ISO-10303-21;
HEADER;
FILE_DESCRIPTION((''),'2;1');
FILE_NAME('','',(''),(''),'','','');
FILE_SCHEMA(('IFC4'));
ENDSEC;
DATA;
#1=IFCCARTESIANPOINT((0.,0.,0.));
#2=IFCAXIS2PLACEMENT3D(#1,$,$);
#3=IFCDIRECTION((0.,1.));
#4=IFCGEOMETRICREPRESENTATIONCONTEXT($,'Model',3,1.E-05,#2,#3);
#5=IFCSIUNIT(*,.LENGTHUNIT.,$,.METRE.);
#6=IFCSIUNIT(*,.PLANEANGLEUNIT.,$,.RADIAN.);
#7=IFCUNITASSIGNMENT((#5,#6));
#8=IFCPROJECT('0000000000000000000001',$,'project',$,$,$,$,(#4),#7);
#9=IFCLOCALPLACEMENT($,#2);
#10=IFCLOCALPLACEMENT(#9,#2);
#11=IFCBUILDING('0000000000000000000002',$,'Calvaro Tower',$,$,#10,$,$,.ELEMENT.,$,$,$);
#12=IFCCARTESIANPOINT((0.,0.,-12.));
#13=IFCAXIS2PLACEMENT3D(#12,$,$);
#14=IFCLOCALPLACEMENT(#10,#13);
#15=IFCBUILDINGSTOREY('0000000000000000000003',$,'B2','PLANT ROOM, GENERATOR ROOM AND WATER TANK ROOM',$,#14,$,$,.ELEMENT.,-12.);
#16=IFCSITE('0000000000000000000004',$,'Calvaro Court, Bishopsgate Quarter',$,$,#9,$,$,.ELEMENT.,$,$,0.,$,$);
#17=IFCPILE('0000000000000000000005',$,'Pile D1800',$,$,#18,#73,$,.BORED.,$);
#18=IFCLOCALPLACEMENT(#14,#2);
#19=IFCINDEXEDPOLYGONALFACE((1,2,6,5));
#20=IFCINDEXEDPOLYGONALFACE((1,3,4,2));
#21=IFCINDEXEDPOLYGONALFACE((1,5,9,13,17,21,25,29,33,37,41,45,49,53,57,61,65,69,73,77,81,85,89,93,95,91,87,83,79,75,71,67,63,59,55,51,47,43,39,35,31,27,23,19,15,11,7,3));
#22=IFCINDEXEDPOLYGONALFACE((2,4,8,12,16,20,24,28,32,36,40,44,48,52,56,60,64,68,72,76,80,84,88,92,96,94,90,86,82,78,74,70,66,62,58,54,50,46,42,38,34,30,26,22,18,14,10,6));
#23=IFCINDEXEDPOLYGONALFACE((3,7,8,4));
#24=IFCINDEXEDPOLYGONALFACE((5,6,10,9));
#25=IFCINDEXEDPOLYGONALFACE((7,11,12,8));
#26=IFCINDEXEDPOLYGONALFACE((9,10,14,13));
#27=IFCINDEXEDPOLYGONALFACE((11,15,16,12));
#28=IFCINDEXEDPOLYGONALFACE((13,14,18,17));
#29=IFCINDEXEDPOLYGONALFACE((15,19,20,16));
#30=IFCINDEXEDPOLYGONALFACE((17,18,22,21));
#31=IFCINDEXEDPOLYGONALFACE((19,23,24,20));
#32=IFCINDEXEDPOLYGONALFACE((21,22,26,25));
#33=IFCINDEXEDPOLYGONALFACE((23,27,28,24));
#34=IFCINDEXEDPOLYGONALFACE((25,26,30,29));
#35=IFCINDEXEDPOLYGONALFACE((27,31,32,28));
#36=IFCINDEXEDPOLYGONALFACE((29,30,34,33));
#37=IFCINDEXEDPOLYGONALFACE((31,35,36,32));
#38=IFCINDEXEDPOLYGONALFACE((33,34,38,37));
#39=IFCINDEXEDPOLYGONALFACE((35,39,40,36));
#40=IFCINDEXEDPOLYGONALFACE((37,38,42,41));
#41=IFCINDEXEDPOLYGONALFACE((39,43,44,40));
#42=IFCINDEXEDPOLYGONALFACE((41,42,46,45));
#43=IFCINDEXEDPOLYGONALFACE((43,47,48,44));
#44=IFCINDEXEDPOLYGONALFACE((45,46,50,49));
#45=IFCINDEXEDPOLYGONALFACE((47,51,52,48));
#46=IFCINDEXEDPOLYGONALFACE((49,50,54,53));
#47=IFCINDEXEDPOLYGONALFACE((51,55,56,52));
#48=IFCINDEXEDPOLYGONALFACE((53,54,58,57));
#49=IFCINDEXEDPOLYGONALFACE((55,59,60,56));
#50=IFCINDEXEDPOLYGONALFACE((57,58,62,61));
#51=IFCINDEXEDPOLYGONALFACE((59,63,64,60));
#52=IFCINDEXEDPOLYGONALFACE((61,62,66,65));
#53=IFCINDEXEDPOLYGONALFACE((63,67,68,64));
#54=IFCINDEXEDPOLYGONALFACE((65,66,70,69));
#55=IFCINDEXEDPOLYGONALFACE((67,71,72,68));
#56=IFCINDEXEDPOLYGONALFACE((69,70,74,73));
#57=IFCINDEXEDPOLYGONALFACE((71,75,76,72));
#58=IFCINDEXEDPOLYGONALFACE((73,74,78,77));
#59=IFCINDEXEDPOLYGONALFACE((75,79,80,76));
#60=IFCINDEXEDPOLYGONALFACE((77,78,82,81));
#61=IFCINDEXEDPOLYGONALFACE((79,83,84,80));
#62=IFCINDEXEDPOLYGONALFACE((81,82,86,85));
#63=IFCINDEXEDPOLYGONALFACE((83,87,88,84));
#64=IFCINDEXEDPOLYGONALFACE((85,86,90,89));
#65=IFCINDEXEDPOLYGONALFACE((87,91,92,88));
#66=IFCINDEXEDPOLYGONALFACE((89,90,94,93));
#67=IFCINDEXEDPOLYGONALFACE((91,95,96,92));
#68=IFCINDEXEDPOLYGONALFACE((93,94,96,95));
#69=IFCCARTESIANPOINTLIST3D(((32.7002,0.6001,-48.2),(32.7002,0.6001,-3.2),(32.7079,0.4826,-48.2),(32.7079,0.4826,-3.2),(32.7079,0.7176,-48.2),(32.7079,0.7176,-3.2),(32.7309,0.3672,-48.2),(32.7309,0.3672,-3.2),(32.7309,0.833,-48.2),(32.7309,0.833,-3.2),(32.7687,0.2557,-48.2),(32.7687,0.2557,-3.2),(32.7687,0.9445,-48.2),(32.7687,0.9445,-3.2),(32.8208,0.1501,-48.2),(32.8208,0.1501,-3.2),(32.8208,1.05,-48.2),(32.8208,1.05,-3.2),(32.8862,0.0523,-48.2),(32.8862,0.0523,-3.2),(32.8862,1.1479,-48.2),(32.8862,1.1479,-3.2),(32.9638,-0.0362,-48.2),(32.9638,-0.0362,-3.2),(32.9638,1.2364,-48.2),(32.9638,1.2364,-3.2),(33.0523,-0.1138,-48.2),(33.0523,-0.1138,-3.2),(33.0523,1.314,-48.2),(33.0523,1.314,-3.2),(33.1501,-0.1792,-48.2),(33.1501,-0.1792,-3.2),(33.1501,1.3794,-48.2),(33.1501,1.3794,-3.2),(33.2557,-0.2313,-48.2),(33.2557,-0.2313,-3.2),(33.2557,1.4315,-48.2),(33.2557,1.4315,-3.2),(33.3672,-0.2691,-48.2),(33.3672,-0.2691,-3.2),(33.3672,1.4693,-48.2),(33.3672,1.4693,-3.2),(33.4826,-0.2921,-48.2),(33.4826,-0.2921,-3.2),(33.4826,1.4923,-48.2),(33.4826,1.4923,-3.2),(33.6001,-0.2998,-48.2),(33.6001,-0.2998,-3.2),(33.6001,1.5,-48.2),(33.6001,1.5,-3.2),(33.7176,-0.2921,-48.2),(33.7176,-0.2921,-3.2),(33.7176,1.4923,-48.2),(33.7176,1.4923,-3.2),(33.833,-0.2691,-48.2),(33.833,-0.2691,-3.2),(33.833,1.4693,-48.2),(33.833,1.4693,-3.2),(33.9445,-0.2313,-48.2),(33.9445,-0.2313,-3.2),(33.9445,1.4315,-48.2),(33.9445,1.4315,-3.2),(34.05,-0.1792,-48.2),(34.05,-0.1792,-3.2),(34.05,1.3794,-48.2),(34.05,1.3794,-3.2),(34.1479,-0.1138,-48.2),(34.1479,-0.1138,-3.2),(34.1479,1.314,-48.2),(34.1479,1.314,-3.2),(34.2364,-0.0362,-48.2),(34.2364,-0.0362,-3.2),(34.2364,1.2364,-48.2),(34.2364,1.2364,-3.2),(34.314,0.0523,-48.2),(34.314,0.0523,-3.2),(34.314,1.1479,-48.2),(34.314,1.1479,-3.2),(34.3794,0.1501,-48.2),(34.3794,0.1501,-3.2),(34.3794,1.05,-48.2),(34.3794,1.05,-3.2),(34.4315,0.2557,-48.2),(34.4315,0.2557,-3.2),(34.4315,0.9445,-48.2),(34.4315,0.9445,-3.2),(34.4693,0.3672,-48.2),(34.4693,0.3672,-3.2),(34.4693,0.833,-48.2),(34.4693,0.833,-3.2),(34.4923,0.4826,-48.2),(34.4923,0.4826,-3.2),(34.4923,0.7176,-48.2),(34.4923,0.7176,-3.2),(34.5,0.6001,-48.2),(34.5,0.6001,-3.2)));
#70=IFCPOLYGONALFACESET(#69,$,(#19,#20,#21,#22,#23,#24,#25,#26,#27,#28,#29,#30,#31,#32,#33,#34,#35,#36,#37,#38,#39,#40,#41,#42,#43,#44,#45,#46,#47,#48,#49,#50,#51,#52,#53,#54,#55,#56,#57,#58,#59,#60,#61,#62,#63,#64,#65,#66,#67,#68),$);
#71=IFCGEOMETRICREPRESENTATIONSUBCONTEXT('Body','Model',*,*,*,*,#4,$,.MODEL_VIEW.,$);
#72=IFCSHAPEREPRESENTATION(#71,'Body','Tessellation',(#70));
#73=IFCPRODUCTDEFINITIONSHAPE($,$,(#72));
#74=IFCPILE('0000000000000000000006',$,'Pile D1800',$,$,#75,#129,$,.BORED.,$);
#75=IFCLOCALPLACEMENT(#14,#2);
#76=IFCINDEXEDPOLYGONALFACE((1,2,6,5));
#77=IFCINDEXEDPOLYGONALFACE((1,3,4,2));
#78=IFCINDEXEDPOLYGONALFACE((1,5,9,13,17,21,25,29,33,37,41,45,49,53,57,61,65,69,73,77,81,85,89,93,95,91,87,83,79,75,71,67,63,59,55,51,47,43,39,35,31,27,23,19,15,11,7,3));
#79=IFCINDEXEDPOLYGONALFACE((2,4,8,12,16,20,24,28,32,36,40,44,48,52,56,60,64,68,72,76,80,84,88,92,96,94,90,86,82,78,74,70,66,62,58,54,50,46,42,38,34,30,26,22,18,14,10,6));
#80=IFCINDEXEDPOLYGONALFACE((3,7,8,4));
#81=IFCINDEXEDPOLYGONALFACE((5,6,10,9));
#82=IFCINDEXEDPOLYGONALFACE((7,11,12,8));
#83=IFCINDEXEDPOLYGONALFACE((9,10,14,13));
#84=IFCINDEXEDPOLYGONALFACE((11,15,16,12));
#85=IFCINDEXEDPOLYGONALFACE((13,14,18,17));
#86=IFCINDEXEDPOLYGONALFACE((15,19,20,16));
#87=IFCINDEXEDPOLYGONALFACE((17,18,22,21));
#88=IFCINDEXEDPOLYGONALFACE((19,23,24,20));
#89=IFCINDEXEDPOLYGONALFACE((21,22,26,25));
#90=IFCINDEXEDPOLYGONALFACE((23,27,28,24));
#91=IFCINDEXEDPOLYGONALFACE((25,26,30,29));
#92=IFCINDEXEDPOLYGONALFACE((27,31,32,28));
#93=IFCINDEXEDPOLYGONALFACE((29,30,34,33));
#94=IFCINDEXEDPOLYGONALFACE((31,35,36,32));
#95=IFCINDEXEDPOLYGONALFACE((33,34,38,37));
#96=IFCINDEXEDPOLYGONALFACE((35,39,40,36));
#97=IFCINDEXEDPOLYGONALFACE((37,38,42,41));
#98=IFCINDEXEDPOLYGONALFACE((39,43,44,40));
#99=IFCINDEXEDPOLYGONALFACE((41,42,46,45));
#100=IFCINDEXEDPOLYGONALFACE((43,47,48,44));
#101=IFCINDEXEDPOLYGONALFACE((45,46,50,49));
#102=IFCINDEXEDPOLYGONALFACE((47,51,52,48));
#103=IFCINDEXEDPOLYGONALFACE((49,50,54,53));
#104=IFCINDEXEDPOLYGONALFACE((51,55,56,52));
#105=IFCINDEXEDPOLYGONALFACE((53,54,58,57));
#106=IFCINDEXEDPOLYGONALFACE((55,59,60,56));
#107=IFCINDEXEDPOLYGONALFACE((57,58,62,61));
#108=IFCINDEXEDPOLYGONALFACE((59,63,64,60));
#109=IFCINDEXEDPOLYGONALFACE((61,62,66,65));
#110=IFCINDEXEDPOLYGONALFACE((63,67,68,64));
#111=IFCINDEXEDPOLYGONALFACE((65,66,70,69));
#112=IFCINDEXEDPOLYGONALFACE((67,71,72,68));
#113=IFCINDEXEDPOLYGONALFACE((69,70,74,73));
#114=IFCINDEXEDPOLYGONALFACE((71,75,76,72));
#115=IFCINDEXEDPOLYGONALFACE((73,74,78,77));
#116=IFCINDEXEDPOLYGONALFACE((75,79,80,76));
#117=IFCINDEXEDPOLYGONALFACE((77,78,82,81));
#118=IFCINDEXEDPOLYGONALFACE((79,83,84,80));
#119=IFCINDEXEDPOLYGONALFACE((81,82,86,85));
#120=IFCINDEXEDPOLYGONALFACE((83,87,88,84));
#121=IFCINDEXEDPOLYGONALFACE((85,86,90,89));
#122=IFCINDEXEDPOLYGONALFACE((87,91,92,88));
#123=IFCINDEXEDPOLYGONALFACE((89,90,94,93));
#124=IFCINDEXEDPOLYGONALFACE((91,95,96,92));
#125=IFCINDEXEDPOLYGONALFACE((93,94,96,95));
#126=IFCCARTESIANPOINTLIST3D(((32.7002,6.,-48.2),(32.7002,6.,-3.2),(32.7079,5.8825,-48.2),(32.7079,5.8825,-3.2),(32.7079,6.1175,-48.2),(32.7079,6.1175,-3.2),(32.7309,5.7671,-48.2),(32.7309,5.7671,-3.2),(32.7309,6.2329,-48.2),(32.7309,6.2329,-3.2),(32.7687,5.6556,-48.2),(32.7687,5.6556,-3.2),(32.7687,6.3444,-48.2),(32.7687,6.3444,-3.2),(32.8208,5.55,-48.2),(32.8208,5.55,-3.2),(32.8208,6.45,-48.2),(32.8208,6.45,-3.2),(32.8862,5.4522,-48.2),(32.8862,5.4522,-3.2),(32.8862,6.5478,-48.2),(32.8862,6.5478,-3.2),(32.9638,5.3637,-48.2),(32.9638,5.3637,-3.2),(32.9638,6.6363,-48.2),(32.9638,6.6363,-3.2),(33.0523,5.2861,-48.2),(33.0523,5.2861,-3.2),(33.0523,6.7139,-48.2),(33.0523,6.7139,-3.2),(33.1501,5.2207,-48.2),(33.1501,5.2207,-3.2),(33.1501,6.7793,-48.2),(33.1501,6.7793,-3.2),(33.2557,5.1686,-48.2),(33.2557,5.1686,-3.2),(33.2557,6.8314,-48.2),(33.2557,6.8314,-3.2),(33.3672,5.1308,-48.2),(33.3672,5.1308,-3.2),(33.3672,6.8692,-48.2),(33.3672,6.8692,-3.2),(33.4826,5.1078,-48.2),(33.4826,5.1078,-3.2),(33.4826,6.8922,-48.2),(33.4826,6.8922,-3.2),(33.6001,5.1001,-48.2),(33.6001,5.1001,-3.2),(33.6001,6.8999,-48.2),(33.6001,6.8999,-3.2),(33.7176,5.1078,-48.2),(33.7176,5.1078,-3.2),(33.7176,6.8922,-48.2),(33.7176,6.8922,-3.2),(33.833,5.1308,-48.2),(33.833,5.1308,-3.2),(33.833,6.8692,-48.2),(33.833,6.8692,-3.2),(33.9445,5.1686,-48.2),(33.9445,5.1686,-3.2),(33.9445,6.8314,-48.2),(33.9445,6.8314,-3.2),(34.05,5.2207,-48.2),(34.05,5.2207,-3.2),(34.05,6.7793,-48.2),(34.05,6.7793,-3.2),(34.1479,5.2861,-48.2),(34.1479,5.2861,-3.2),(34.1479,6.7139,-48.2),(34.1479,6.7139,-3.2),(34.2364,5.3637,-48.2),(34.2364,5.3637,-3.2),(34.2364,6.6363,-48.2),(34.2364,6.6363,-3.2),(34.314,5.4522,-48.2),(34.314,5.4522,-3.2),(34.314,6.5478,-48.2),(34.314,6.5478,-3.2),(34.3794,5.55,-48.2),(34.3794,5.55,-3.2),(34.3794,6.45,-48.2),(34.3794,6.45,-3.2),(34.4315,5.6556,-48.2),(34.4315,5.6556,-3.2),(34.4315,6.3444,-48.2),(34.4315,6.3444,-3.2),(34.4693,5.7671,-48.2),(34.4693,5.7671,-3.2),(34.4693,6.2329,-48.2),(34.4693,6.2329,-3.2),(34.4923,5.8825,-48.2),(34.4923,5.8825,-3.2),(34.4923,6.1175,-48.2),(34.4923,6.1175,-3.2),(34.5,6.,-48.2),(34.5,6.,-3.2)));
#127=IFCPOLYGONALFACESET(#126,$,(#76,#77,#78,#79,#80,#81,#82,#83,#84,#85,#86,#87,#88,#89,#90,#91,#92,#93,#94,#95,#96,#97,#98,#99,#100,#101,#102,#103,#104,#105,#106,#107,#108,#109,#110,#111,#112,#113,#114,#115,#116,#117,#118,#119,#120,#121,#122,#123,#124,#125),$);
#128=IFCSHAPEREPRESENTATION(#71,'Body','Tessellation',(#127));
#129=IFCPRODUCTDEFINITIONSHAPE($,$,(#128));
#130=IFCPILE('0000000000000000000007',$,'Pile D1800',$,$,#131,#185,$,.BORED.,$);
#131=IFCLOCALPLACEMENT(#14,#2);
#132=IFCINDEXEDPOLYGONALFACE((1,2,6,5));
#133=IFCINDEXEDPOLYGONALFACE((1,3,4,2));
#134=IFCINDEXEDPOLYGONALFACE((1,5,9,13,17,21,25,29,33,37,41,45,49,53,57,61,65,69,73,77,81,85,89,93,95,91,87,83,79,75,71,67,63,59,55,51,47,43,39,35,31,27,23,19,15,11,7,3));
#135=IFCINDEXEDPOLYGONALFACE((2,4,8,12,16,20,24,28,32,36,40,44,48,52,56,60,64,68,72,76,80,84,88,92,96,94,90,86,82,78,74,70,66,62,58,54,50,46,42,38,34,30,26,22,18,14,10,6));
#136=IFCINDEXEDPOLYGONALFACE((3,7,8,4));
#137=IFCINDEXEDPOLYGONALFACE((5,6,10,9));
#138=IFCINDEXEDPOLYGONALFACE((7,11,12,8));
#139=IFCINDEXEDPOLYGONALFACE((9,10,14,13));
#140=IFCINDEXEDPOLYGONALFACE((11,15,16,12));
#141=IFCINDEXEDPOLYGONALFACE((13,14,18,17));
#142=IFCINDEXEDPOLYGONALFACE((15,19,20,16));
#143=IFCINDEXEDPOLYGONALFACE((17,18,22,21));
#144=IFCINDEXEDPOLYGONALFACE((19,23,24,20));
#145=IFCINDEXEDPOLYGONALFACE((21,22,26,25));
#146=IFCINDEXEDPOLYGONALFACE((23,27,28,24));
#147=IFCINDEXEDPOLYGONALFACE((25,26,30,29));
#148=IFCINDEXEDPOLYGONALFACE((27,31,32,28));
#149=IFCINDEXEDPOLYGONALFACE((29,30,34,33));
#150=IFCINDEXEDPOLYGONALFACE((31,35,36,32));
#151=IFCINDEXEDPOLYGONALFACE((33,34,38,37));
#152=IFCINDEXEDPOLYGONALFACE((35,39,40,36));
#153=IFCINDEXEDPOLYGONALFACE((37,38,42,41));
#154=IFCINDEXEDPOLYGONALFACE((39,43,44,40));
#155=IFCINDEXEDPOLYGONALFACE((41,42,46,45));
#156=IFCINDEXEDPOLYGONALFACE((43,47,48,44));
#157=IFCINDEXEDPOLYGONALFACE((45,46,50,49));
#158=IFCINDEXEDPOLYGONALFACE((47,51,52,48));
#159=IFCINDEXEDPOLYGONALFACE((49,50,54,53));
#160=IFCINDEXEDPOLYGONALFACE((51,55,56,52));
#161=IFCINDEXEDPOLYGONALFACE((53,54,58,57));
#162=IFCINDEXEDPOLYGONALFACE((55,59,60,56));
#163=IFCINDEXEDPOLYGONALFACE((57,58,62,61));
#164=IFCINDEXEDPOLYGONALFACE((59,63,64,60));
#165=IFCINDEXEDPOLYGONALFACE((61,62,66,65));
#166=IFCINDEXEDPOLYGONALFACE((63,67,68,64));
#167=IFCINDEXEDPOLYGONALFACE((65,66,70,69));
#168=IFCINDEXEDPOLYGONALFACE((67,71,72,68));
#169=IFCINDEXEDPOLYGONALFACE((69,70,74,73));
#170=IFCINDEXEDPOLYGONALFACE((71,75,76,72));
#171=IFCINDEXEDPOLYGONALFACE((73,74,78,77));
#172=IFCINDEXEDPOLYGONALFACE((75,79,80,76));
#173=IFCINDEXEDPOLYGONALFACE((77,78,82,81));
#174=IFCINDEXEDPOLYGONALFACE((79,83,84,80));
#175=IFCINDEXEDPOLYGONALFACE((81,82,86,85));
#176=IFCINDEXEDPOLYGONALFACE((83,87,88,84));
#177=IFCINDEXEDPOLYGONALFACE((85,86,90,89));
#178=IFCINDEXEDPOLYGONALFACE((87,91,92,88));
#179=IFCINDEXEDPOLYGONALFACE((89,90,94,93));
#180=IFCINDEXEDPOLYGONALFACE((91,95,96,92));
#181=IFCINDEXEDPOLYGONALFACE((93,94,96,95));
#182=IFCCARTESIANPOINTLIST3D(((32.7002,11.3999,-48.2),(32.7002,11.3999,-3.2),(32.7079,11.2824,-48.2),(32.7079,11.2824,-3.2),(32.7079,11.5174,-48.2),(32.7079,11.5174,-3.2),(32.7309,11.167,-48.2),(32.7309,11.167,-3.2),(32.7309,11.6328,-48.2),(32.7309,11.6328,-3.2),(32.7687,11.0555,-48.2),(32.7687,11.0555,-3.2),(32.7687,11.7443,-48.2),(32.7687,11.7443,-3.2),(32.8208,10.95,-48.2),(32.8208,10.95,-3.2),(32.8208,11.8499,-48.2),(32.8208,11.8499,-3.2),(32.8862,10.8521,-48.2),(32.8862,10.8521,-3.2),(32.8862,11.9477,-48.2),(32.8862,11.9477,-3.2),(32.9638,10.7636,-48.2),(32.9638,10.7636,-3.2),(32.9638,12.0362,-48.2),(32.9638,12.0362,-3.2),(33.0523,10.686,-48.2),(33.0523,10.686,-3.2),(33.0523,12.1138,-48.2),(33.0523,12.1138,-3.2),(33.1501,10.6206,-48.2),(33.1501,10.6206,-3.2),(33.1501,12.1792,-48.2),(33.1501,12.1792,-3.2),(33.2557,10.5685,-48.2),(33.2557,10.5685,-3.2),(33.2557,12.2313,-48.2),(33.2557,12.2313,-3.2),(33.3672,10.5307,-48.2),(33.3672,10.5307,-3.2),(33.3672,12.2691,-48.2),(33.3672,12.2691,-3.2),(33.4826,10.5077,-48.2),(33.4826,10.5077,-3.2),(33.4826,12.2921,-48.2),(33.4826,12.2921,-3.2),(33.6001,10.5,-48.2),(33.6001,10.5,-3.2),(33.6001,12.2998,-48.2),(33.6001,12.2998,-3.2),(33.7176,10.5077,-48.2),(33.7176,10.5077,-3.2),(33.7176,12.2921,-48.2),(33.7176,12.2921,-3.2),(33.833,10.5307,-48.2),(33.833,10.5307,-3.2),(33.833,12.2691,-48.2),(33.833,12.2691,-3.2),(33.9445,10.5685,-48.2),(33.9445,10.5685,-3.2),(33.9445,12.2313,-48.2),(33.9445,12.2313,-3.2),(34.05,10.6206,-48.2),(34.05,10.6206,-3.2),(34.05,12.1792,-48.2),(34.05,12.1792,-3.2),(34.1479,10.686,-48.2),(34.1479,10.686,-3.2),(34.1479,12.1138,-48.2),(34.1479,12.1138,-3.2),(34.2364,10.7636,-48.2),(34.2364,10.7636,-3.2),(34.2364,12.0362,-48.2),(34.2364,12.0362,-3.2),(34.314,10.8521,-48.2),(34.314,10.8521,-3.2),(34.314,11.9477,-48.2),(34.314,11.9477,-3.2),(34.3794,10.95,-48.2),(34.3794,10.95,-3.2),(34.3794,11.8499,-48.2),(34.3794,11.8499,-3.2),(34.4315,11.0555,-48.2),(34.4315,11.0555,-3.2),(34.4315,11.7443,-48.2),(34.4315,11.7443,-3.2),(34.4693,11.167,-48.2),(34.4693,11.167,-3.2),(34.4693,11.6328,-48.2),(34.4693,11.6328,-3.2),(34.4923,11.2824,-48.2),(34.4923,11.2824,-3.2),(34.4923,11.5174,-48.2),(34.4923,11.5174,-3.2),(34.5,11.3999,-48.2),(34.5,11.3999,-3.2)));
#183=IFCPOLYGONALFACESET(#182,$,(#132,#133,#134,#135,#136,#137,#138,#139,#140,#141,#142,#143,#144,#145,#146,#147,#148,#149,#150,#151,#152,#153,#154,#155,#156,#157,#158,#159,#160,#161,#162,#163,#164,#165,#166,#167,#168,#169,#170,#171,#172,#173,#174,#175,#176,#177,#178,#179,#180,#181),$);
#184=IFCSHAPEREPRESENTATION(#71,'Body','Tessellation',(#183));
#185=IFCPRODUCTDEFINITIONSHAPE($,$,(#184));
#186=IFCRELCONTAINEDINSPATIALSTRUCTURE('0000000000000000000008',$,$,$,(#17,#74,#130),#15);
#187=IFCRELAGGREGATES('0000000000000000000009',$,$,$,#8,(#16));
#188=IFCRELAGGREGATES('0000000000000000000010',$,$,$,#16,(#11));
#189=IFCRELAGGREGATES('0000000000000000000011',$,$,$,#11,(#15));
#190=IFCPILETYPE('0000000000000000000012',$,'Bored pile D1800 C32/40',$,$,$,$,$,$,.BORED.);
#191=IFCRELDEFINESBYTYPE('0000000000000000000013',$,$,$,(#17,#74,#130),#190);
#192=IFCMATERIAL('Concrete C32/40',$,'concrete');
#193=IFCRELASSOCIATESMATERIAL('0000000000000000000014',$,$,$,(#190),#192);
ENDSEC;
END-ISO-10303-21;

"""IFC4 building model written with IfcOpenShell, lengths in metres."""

from ifc_helpers import new_model, si_unit, direction, frame, origin, origin_2d, place, context, subcontext, project, spatial, circle, extrude, material, material_profile, profile_set, type_object, element, save


model = new_model("IFC4")

# Units and contexts
model_context = context("Model", 3, precision=1e-05, world=origin(), true_north=direction((0.0, 1.0)))
body_context = subcontext(model_context, "Body", "Model", "MODEL_VIEW")
ifc_project = project(units=[si_unit("LENGTHUNIT", "METRE"), si_unit("PLANEANGLEUNIT", "RADIAN")], contexts=[model_context])

# Site, building, storey
site_placement = place(None, origin())
site = spatial("IfcSite", under=ifc_project, at=site_placement, Name="Calvaro Court, Bishopsgate Quarter", CompositionType="ELEMENT", RefElevation=0.0)
building_placement = place(site_placement, origin())
building = spatial("IfcBuilding", under=site, at=building_placement, Name="Calvaro Tower", CompositionType="ELEMENT")
storey_placement = place(building_placement, frame((0.0, 0.0, -12.0)))
storey = spatial("IfcBuildingStorey", under=building, at=storey_placement, Name="B2", Description="PLANT ROOM, GENERATOR ROOM AND WATER TANK ROOM", CompositionType="ELEMENT", Elevation=-12.0)

# Piles
ifc_material_1 = material(Name="Concrete C32/40", Category="concrete")
ifc_material_profile_1 = material_profile(ifc_material_1, circle(Radius=0.8999, at=origin_2d()), Name="Bored pile D1800")
ifc_profile_set_1 = profile_set([ifc_material_profile_1], Name="Concrete C32/40")
pile_type = type_object("IfcPileType", Name="Bored pile D1800 C32/40", PredefinedType="BORED", material=ifc_profile_set_1)
for number, where, z_axis, x_axis, name in (
    (1, (33.6001, 0.6001, -3.2), (0.0, 0.0, -1.0), (1.0, 0.0, 0.0), "Pile D1800"),
    (2, (33.6001, 6.0, -3.2), (0.0, 0.0, -1.0), (1.0, 0.0, 0.0), "Pile D1800"),
    (3, (33.6001, 11.3999, -3.2), (0.0, 0.0, -1.0), (1.0, 0.0, 0.0), "Pile D1800"),
):
    element("IfcPile", number, at=place(storey_placement, frame(where, z_axis=z_axis, x_axis=x_axis)), inside=storey, type_object=pile_type, Name=name, PredefinedType="BORED", context=body_context, shape_type="SweptSolid", body=[
        extrude(circle(Radius=0.8999, at=origin_2d()), origin(), (0.0, 0.0, 1.0), 45.0),
    ])

save(model, "model.ifc")
